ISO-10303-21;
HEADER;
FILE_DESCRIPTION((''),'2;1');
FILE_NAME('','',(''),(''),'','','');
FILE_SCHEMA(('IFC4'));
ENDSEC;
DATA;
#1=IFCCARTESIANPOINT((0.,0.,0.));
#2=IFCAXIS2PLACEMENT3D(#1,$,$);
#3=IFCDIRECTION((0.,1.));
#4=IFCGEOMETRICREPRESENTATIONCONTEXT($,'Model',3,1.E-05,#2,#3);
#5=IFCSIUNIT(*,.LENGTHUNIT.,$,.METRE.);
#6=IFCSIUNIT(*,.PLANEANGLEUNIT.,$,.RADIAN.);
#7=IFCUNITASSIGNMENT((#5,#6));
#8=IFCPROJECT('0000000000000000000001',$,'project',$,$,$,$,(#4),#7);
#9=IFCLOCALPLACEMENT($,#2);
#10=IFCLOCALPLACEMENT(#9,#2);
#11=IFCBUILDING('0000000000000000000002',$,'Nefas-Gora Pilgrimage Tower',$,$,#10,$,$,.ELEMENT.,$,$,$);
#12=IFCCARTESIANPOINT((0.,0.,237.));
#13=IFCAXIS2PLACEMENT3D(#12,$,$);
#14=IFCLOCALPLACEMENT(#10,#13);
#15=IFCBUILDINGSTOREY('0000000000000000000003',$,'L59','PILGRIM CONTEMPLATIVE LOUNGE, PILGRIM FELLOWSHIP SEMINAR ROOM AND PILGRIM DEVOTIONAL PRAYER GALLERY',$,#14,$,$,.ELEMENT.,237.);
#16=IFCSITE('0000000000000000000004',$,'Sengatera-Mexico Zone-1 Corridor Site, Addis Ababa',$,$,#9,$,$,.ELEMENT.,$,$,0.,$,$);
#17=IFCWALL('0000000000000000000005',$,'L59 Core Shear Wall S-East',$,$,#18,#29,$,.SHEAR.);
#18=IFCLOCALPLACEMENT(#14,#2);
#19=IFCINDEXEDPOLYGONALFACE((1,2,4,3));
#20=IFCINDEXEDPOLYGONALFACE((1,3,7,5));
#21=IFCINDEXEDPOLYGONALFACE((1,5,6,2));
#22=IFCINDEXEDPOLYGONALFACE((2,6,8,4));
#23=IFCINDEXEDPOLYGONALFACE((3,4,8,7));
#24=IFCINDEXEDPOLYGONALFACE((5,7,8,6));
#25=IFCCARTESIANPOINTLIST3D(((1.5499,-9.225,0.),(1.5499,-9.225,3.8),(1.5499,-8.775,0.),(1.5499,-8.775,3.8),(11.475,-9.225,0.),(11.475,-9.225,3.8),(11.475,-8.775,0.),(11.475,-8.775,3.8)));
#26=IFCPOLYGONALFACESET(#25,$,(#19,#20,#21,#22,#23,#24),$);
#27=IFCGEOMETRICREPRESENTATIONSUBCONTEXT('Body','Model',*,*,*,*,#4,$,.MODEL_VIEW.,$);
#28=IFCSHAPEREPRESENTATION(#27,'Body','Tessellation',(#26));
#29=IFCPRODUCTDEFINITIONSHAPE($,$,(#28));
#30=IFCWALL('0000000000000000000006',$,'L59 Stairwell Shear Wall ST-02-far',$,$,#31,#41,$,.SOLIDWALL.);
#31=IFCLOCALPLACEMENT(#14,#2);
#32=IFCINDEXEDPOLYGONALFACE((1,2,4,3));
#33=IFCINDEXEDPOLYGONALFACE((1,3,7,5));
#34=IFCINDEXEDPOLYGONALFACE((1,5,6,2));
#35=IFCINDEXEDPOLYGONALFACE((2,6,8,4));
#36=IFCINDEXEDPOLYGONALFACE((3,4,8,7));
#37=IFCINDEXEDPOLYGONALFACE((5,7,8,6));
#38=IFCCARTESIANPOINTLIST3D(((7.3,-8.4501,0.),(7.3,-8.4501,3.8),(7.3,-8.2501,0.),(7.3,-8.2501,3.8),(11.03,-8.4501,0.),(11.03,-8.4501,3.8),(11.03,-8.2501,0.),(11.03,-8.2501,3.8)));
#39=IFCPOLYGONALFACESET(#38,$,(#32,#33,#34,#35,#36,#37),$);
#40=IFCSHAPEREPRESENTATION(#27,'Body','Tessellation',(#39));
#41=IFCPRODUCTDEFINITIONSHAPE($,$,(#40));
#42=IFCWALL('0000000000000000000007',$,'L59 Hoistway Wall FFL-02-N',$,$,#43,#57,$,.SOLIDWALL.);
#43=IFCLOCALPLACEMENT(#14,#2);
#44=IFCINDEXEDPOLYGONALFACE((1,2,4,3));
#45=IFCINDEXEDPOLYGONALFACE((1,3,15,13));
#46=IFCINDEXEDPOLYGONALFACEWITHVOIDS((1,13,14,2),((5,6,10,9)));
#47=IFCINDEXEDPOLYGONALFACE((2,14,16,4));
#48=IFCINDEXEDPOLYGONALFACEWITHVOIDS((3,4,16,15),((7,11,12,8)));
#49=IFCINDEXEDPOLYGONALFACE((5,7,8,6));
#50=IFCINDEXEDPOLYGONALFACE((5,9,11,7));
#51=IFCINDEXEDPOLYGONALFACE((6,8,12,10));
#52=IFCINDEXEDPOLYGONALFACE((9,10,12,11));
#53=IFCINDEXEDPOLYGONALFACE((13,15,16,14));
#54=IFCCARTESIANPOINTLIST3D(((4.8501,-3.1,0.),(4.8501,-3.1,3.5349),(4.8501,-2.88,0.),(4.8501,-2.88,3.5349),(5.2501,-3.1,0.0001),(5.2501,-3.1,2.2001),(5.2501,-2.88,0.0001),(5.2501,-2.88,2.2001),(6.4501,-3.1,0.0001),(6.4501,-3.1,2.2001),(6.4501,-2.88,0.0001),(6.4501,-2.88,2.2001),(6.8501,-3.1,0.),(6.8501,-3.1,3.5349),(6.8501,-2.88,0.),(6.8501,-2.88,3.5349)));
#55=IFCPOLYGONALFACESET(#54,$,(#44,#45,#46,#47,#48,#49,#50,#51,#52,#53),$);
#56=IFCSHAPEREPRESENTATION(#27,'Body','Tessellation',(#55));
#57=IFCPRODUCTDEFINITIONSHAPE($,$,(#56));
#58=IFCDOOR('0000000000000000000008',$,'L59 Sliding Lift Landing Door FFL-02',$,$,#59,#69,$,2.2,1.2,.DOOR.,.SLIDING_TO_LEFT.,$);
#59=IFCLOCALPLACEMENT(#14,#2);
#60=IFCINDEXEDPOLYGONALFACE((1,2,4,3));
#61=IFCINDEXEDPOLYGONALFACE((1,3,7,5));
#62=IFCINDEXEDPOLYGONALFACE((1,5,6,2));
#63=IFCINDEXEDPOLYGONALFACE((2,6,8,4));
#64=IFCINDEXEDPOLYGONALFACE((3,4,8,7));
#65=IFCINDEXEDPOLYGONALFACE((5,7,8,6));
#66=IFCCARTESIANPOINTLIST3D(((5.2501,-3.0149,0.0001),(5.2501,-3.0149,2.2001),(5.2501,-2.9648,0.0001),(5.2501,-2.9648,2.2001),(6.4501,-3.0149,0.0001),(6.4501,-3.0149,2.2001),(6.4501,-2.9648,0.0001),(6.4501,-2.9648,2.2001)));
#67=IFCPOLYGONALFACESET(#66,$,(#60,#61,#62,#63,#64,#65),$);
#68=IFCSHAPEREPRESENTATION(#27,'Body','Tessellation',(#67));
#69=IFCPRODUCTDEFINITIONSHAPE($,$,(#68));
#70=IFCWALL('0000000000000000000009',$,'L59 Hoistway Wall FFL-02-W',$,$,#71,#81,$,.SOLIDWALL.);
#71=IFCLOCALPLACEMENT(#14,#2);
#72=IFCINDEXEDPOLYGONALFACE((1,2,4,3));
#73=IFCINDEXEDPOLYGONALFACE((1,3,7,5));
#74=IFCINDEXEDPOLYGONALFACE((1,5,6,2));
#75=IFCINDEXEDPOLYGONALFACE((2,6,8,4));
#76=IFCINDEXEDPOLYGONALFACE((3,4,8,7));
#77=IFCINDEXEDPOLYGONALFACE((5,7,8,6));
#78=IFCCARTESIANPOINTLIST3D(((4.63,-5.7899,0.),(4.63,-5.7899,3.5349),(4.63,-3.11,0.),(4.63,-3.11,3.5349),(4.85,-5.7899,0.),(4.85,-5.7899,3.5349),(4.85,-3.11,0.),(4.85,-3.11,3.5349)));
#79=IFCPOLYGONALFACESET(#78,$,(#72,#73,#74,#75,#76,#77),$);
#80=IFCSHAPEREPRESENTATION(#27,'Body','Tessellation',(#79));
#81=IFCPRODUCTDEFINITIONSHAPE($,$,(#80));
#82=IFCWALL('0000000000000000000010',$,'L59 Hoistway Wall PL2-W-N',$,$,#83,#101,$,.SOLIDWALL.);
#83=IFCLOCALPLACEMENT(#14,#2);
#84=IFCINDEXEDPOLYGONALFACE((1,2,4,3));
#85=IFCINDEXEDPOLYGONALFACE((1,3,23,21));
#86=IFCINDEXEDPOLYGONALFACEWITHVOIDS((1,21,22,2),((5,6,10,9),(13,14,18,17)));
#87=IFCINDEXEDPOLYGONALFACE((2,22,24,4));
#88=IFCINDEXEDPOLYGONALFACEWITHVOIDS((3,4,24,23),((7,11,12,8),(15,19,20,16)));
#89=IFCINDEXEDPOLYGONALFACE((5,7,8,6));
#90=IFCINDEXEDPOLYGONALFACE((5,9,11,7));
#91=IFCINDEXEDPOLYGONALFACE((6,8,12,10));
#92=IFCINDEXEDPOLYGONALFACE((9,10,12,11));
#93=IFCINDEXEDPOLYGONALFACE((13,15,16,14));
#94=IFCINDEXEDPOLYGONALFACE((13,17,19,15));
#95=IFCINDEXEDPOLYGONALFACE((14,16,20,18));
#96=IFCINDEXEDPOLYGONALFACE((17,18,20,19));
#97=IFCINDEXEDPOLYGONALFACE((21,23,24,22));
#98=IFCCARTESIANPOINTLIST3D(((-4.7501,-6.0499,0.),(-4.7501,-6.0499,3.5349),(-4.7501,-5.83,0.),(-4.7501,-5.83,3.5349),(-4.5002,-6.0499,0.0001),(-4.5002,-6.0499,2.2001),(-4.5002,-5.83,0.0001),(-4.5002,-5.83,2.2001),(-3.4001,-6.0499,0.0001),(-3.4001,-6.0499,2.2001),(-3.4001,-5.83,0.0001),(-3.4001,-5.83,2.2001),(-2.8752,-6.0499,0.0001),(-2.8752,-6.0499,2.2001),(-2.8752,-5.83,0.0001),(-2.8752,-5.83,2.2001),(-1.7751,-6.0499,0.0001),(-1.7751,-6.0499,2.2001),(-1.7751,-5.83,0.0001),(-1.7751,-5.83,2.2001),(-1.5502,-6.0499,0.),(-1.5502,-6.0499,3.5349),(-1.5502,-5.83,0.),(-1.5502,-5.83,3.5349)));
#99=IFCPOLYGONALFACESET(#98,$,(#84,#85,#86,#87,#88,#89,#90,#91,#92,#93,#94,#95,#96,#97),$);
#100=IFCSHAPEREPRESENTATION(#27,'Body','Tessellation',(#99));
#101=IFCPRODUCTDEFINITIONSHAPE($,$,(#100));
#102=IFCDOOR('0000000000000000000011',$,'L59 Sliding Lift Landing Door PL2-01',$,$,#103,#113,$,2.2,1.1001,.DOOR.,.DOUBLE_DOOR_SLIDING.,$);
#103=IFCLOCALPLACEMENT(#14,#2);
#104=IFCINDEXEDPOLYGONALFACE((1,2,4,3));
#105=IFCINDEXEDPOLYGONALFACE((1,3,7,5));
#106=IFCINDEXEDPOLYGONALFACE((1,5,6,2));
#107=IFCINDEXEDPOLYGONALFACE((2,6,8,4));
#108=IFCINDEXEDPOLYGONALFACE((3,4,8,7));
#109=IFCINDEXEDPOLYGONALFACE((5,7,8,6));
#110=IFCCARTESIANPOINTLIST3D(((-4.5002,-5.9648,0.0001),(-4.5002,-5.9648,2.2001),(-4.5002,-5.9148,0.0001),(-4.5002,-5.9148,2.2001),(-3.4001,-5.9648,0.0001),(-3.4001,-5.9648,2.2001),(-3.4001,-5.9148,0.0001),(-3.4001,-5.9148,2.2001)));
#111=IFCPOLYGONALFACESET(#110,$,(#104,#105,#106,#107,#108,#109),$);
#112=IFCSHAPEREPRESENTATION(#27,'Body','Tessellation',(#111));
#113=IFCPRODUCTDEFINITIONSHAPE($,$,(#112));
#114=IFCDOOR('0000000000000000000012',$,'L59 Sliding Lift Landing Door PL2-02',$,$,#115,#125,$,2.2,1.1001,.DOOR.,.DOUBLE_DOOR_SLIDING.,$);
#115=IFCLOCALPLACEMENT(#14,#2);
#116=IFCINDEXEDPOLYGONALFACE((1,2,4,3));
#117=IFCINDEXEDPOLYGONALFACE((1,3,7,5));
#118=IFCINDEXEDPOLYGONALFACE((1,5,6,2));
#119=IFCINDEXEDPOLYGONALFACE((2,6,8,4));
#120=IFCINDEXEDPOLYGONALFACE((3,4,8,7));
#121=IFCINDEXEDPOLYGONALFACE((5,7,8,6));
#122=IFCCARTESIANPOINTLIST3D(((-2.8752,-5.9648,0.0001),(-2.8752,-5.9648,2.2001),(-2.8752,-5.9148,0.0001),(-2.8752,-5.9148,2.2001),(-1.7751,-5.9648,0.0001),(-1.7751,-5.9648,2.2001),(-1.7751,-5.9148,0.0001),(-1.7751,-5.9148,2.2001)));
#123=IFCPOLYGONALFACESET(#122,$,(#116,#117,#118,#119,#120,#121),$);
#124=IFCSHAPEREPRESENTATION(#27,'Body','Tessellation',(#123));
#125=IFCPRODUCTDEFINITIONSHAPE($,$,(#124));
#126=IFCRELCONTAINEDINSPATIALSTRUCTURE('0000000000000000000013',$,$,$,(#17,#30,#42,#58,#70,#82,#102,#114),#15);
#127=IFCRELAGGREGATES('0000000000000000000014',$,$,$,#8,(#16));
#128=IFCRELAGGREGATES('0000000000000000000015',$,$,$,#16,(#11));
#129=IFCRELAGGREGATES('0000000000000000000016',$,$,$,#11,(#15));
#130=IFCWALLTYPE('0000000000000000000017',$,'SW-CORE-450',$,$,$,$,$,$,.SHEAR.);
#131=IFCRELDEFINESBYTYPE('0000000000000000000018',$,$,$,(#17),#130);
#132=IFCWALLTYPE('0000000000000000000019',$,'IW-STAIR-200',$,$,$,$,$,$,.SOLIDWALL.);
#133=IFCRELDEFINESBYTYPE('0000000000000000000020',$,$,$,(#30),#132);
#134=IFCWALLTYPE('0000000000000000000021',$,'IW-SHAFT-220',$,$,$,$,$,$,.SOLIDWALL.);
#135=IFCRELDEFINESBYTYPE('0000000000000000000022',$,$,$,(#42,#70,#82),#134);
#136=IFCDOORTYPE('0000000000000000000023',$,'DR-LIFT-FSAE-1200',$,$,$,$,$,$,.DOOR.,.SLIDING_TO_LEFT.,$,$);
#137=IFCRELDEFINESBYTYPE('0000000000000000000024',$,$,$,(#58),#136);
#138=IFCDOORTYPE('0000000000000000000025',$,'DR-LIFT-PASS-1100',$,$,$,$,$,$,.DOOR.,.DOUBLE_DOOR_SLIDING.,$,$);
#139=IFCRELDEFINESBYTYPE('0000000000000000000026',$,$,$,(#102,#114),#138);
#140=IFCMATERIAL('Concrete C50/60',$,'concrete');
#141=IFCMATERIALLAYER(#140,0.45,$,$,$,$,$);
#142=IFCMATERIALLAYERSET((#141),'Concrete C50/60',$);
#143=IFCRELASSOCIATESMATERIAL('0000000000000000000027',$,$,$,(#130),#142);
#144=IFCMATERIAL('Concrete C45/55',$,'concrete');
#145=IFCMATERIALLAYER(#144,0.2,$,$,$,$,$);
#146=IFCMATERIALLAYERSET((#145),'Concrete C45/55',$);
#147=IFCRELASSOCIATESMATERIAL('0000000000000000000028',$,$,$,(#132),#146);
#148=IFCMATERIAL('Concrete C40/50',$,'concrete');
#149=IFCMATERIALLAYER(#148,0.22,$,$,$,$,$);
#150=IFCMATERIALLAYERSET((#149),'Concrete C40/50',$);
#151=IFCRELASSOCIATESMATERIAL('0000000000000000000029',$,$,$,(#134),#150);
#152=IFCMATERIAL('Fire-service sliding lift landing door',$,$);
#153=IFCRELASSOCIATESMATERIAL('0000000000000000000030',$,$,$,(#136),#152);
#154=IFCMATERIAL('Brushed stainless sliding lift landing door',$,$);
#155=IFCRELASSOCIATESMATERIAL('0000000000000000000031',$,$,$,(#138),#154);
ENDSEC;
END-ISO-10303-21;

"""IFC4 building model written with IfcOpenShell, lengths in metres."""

from ifc_helpers import new_model, si_unit, direction, frame, frame_2d, origin, place, context, subcontext, project, spatial, rectangle, extrude, source, transform, mapped, material, layer, layer_set, type_object, element, fill, save


model = new_model("IFC4")

# Units and contexts
model_context = context("Model", 3, precision=1e-05, world=origin(), true_north=direction((0.0, 1.0)))
body_context = subcontext(model_context, "Body", "Model", "MODEL_VIEW")
ifc_project = project(units=[si_unit("LENGTHUNIT", "METRE"), si_unit("PLANEANGLEUNIT", "RADIAN")], contexts=[model_context])

# Site, building, storey
site_placement = place(None, origin())
site = spatial("IfcSite", under=ifc_project, at=site_placement, Name="Sengatera-Mexico Zone-1 Corridor Site, Addis Ababa", CompositionType="ELEMENT", RefElevation=0.0)
building_placement = place(site_placement, origin())
building = spatial("IfcBuilding", under=site, at=building_placement, Name="Nefas-Gora Pilgrimage Tower", CompositionType="ELEMENT")
storey_placement = place(building_placement, frame((0.0, 0.0, 237.0)))
storey = spatial("IfcBuildingStorey", under=building, at=storey_placement, Name="L59", Description="PILGRIM CONTEMPLATIVE LOUNGE, PILGRIM FELLOWSHIP SEMINAR ROOM AND PILGRIM DEVOTIONAL PRAYER GALLERY", CompositionType="ELEMENT", Elevation=237.0)

# Walls
ifc_material_1 = material(Name="Concrete C50/60", Category="concrete")
ifc_layer_1 = layer(ifc_material_1, 0.45)
ifc_layer_set_1 = layer_set([ifc_layer_1], Name="Concrete C50/60")
wall_type_1 = type_object("IfcWallType", Name="SW-CORE-450", PredefinedType="SHEAR", material=ifc_layer_set_1)
shared_shape_1 = source(origin(), body_context, "Body", "SweptSolid", [
    extrude(rectangle(XDim=9.925, YDim=0.45, at=frame_2d((4.9624, 0.0))), origin(), (0.0, 0.0, 1.0), 3.8),
])
wall_1_placement = place(storey_placement, frame((1.55, -9.0, 0.0), z_axis=(0.0, 0.0, 1.0), x_axis=(1.0, 0.0, 0.0)))
element("IfcWall", 1, at=wall_1_placement, inside=storey, type_object=wall_type_1, Name="L59 Core Shear Wall S-East", PredefinedType="SHEAR", context=body_context, shape_type="MappedRepresentation", body=[
    mapped(shared_shape_1, transform((0.0, 0.0, 0.0), x_axis=(1.0, 0.0, 0.0), y_axis=(0.0, 1.0, 0.0), z_axis=(0.0, 0.0, 1.0), scale=1.0)),
])
ifc_material_2 = material(Name="Concrete C45/55", Category="concrete")
ifc_layer_2 = layer(ifc_material_2, 0.2)
ifc_layer_set_2 = layer_set([ifc_layer_2], Name="Concrete C45/55")
wall_type_2 = type_object("IfcWallType", Name="IW-STAIR-200", PredefinedType="SOLIDWALL", material=ifc_layer_set_2)
shared_shape_2 = source(origin(), body_context, "Body", "SweptSolid", [
    extrude(rectangle(XDim=3.73, YDim=0.2, at=frame_2d((1.865, 0.0))), origin(), (0.0, 0.0, 1.0), 3.8),
])
wall_2_placement = place(storey_placement, frame((7.3, -8.3501, 0.0), z_axis=(0.0, 0.0, 1.0), x_axis=(1.0, 0.0, 0.0)))
element("IfcWall", 2, at=wall_2_placement, inside=storey, type_object=wall_type_2, Name="L59 Stairwell Shear Wall ST-02-far", PredefinedType="SOLIDWALL", context=body_context, shape_type="MappedRepresentation", body=[
    mapped(shared_shape_2, transform((0.0, 0.0, 0.0), x_axis=(1.0, 0.0, 0.0), y_axis=(0.0, 1.0, 0.0), z_axis=(0.0, 0.0, 1.0), scale=1.0)),
])

# Wall, opening, door
ifc_material_3 = material(Name="Concrete C40/50", Category="concrete")
ifc_layer_3 = layer(ifc_material_3, 0.22)
ifc_layer_set_3 = layer_set([ifc_layer_3], Name="Concrete C40/50")
wall_type_3 = type_object("IfcWallType", Name="IW-SHAFT-220", PredefinedType="SOLIDWALL", material=ifc_layer_set_3)
shared_shape_3 = source(origin(), body_context, "Body", "SweptSolid", [
    extrude(rectangle(XDim=2.0, YDim=0.22, at=frame_2d((1.0, 0.0))), origin(), (0.0, 0.0, 1.0), 3.5349),
])
wall_3_placement = place(storey_placement, frame((6.8501, -2.99, 0.0), z_axis=(0.0, 0.0, 1.0), x_axis=(-1.0, 0.0, 0.0)))
wall_3 = element("IfcWall", 3, at=wall_3_placement, inside=storey, type_object=wall_type_3, Name="L59 Hoistway Wall FFL-02-N", PredefinedType="SOLIDWALL", context=body_context, shape_type="MappedRepresentation", body=[
    mapped(shared_shape_3, transform((0.0, 0.0, 0.0), x_axis=(1.0, 0.0, 0.0), y_axis=(0.0, 1.0, 0.0), z_axis=(0.0, 0.0, 1.0), scale=1.0)),
])
opening_1_placement = place(wall_3_placement, frame((0.3999, 0.0, 0.0)))
opening_1 = element("IfcOpeningElement", 4, at=opening_1_placement, cuts=wall_3, PredefinedType="OPENING", context=body_context, shape_type="SweptSolid", body=[
    extrude(rectangle(XDim=1.2, YDim=2.2, at=frame_2d((0.6001, 1.1001))), frame((0.0, 0.1199, 0.0), z_axis=(0.0, -1.0, 0.0), x_axis=(1.0, 0.0, 0.0)), (0.0, 0.0, 1.0), 0.24),
])
ifc_material_4 = material(Name="Fire-service sliding lift landing door")
door_type_1 = type_object("IfcDoorType", Name="DR-LIFT-FSAE-1200", OperationType="SLIDING_TO_LEFT", PredefinedType="DOOR", material=ifc_material_4)
shared_shape_4 = source(origin(), body_context, "Body", "SweptSolid", [
    extrude(rectangle(XDim=1.2, YDim=2.2, at=frame_2d((0.6001, 1.1001))), frame((0.0, 0.0249, 0.0), z_axis=(0.0, -1.0, 0.0), x_axis=(1.0, 0.0, 0.0)), (0.0, 0.0, 1.0), 0.05),
])
door_1_placement = place(opening_1_placement, origin())
door_1 = element("IfcDoor", 5, at=door_1_placement, inside=storey, type_object=door_type_1, Name="L59 Sliding Lift Landing Door FFL-02", OperationType="SLIDING_TO_LEFT", OverallHeight=2.2, OverallWidth=1.2, PredefinedType="DOOR", context=body_context, shape_type="MappedRepresentation", body=[
    mapped(shared_shape_4, transform((0.0, 0.0, 0.0), x_axis=(1.0, 0.0, 0.0), y_axis=(0.0, 1.0, 0.0), z_axis=(0.0, 0.0, 1.0), scale=1.0)),
])
fill(opening_1, door_1)

# Wall
shared_shape_5 = source(origin(), body_context, "Body", "SweptSolid", [
    extrude(rectangle(XDim=2.6799, YDim=0.22, at=frame_2d((1.3398, 0.0))), origin(), (0.0, 0.0, 1.0), 3.5349),
])
wall_4_placement = place(storey_placement, frame((4.74, -3.1101, 0.0), z_axis=(0.0, 0.0, 1.0), x_axis=(0.0, -1.0, 0.0)))
element("IfcWall", 6, at=wall_4_placement, inside=storey, type_object=wall_type_3, Name="L59 Hoistway Wall FFL-02-W", PredefinedType="SOLIDWALL", context=body_context, shape_type="MappedRepresentation", body=[
    mapped(shared_shape_5, transform((0.0, 0.0, 0.0), x_axis=(1.0, 0.0, 0.0), y_axis=(0.0, 1.0, 0.0), z_axis=(0.0, 0.0, 1.0), scale=1.0)),
])

# Wall, openings, doors
shared_shape_6 = source(origin(), body_context, "Body", "SweptSolid", [
    extrude(rectangle(XDim=3.2, YDim=0.22, at=frame_2d((1.6001, 0.0))), origin(), (0.0, 0.0, 1.0), 3.5349),
])
wall_5_placement = place(storey_placement, frame((-1.55, -5.9399, 0.0), z_axis=(0.0, 0.0, 1.0), x_axis=(-1.0, 0.0, 0.0)))
wall_5 = element("IfcWall", 7, at=wall_5_placement, inside=storey, type_object=wall_type_3, Name="L59 Hoistway Wall PL2-W-N", PredefinedType="SOLIDWALL", context=body_context, shape_type="MappedRepresentation", body=[
    mapped(shared_shape_6, transform((0.0, 0.0, 0.0), x_axis=(1.0, 0.0, 0.0), y_axis=(0.0, 1.0, 0.0), z_axis=(0.0, 0.0, 1.0), scale=1.0)),
])
opening_2_placement = place(wall_5_placement, frame((1.8501, 0.0, 0.0)))
opening_2 = element("IfcOpeningElement", 8, at=opening_2_placement, cuts=wall_5, PredefinedType="OPENING", context=body_context, shape_type="SweptSolid", body=[
    extrude(rectangle(XDim=1.1001, YDim=2.2, at=frame_2d((0.55, 1.1001))), frame((0.0, 0.1199, 0.0), z_axis=(0.0, -1.0, 0.0), x_axis=(1.0, 0.0, 0.0)), (0.0, 0.0, 1.0), 0.24),
])
opening_3_placement = place(wall_5_placement, frame((0.2251, 0.0, 0.0)))
opening_3 = element("IfcOpeningElement", 9, at=opening_3_placement, cuts=wall_5, PredefinedType="OPENING", context=body_context, shape_type="SweptSolid", body=[
    extrude(rectangle(XDim=1.1001, YDim=2.2, at=frame_2d((0.55, 1.1001))), frame((0.0, 0.1199, 0.0), z_axis=(0.0, -1.0, 0.0), x_axis=(1.0, 0.0, 0.0)), (0.0, 0.0, 1.0), 0.24),
])
ifc_material_5 = material(Name="Brushed stainless sliding lift landing door")
door_type_2 = type_object("IfcDoorType", Name="DR-LIFT-PASS-1100", OperationType="DOUBLE_DOOR_SLIDING", PredefinedType="DOOR", material=ifc_material_5)
shared_shape_7 = source(origin(), body_context, "Body", "SweptSolid", [
    extrude(rectangle(XDim=1.1001, YDim=2.2, at=frame_2d((0.55, 1.1001))), frame((0.0, 0.0249, 0.0), z_axis=(0.0, -1.0, 0.0), x_axis=(1.0, 0.0, 0.0)), (0.0, 0.0, 1.0), 0.05),
])
door_2_placement = place(opening_2_placement, origin())
door_2 = element("IfcDoor", 10, at=door_2_placement, inside=storey, type_object=door_type_2, Name="L59 Sliding Lift Landing Door PL2-01", OperationType="DOUBLE_DOOR_SLIDING", OverallHeight=2.2, OverallWidth=1.1001, PredefinedType="DOOR", context=body_context, shape_type="MappedRepresentation", body=[
    mapped(shared_shape_7, transform((0.0, 0.0, 0.0), x_axis=(1.0, 0.0, 0.0), y_axis=(0.0, 1.0, 0.0), z_axis=(0.0, 0.0, 1.0), scale=1.0)),
])
fill(opening_2, door_2)
door_3_placement = place(opening_3_placement, origin())
door_3 = element("IfcDoor", 11, at=door_3_placement, inside=storey, type_object=door_type_2, Name="L59 Sliding Lift Landing Door PL2-02", OperationType="DOUBLE_DOOR_SLIDING", OverallHeight=2.2, OverallWidth=1.1001, PredefinedType="DOOR", context=body_context, shape_type="MappedRepresentation", body=[
    mapped(shared_shape_7, transform((0.0, 0.0, 0.0), x_axis=(1.0, 0.0, 0.0), y_axis=(0.0, 1.0, 0.0), z_axis=(0.0, 0.0, 1.0), scale=1.0)),
])
fill(opening_3, door_3)

save(model, "model.ifc")
